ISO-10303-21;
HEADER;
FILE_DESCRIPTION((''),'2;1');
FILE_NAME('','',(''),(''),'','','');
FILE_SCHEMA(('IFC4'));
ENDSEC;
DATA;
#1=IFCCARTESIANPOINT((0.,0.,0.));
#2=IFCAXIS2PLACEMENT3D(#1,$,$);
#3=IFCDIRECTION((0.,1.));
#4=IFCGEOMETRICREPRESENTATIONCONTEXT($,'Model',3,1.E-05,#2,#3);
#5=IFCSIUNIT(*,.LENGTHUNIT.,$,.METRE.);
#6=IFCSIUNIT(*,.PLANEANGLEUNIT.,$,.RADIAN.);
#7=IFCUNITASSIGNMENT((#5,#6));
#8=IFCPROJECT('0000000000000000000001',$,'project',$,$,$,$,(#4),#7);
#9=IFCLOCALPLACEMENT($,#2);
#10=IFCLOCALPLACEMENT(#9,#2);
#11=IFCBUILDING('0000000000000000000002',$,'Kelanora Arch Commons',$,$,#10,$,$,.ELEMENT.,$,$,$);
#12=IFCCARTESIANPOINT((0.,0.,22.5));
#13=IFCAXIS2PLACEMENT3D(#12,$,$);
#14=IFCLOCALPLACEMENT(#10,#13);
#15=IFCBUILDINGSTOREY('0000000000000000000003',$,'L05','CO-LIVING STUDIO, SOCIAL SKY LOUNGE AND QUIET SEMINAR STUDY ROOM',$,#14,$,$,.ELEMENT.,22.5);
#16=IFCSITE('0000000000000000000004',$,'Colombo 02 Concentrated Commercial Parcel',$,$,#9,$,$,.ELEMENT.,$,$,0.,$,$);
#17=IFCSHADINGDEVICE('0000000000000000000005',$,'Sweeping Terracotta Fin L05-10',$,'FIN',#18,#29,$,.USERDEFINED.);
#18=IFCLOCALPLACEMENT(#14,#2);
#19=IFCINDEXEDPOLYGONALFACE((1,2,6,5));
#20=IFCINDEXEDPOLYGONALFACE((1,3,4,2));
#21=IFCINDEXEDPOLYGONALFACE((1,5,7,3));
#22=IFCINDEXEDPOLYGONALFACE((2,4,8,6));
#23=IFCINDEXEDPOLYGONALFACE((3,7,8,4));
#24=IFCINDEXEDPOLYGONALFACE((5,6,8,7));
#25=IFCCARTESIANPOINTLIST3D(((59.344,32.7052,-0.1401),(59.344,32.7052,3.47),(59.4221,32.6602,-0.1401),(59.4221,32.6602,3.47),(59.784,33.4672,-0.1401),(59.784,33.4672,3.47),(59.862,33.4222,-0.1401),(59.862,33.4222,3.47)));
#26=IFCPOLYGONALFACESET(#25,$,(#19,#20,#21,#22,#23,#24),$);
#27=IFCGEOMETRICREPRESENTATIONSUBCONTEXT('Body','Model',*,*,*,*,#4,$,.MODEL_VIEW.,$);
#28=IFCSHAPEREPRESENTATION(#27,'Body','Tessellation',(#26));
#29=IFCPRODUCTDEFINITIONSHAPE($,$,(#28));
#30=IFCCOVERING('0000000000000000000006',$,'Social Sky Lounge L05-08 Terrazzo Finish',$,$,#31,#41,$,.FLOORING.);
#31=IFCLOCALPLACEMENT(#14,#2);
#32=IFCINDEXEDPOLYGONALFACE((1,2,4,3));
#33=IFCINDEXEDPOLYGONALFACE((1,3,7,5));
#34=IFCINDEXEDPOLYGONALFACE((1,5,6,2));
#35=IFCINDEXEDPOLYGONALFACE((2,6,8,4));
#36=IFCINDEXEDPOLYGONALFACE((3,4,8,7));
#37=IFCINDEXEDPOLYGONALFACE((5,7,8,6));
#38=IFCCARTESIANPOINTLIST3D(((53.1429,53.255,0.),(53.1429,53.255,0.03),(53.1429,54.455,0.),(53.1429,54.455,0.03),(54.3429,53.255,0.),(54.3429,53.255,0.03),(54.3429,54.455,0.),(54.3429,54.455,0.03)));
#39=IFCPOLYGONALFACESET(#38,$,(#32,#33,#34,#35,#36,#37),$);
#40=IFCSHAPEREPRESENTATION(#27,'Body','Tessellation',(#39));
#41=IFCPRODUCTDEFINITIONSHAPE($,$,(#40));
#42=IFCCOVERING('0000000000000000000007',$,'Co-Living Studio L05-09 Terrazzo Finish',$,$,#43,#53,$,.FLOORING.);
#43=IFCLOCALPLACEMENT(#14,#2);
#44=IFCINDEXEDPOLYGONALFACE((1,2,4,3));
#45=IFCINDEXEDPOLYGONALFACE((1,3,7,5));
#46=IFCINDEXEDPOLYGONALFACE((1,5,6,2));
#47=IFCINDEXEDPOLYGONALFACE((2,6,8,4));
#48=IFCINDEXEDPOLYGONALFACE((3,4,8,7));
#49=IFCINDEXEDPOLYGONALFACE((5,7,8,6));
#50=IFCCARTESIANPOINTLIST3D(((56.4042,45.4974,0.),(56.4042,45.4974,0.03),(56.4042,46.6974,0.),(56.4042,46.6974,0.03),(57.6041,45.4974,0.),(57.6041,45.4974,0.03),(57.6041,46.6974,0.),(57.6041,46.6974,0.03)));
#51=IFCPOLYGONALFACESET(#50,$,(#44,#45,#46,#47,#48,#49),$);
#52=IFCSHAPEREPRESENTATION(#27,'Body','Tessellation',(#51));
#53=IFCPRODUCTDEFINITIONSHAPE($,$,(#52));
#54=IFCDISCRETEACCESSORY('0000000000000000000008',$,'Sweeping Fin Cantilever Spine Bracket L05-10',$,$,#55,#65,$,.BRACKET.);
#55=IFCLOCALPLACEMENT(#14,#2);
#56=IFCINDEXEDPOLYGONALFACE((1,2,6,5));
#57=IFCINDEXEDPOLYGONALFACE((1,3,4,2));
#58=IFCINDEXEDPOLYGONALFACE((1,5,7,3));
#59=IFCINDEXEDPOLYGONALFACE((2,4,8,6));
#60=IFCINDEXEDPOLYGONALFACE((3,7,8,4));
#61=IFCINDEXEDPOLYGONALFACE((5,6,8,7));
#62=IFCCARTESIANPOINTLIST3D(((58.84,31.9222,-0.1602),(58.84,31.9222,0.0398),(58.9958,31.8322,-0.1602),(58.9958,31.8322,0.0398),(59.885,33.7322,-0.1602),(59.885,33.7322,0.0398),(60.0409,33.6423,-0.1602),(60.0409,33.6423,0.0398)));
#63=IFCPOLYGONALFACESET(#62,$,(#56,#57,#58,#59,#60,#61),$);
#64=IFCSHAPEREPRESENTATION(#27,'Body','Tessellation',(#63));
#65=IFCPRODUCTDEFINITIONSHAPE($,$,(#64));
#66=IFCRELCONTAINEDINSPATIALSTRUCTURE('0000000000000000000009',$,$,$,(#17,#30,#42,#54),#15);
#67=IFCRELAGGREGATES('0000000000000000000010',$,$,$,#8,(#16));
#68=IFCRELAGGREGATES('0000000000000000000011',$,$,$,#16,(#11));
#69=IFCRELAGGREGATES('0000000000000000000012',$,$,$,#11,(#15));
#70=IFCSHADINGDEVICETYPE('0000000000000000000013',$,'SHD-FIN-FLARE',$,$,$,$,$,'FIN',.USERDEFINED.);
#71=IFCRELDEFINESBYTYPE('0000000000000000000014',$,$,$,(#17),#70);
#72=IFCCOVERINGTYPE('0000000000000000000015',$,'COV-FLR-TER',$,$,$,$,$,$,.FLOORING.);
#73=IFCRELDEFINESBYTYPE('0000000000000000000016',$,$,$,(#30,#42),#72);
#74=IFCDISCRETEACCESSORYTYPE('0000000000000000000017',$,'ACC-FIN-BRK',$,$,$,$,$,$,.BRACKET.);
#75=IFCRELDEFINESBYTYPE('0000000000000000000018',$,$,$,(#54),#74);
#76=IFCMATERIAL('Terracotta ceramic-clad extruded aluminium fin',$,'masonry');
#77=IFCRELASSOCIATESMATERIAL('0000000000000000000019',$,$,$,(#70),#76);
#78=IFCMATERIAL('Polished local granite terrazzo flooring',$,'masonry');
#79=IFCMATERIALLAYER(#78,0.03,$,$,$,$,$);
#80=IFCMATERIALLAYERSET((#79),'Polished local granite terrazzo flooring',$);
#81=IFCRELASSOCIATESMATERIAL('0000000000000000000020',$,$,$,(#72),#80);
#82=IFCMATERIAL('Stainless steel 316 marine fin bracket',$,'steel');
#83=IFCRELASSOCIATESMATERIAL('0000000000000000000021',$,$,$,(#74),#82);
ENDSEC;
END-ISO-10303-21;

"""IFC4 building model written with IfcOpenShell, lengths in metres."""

from ifc_helpers import new_model, si_unit, direction, frame, origin, origin_2d, place, context, subcontext, project, spatial, rectangle, extrude, source, transform, mapped, material, layer, layer_set, type_object, element, save


model = new_model("IFC4")

# Units and contexts
model_context = context("Model", 3, precision=1e-05, world=origin(), true_north=direction((0.0, 1.0)))
body_context = subcontext(model_context, "Body", "Model", "MODEL_VIEW")
ifc_project = project(units=[si_unit("LENGTHUNIT", "METRE"), si_unit("PLANEANGLEUNIT", "RADIAN")], contexts=[model_context])

# Site, building, storey
site_placement = place(None, origin())
site = spatial("IfcSite", under=ifc_project, at=site_placement, Name="Colombo 02 Concentrated Commercial Parcel", CompositionType="ELEMENT", RefElevation=0.0)
building_placement = place(site_placement, origin())
building = spatial("IfcBuilding", under=site, at=building_placement, Name="Kelanora Arch Commons", CompositionType="ELEMENT")
storey_placement = place(building_placement, frame((0.0, 0.0, 22.5)))
storey = spatial("IfcBuildingStorey", under=building, at=storey_placement, Name="L05", Description="CO-LIVING STUDIO, SOCIAL SKY LOUNGE AND QUIET SEMINAR STUDY ROOM", CompositionType="ELEMENT", Elevation=22.5)

# Shading device
ifc_material_1 = material(Name="Terracotta ceramic-clad extruded aluminium fin", Category="masonry")
shading_device_type = type_object("IfcShadingDeviceType", Name="SHD-FIN-FLARE", ElementType="FIN", PredefinedType="USERDEFINED", material=ifc_material_1)
shared_shape_1 = source(origin(), body_context, "Body", "SweptSolid", [
    extrude(rectangle(XDim=0.8799, YDim=0.0901, at=origin_2d()), origin(), (0.0, 0.0, 1.0), 3.6101),
])
shading_device_placement = place(storey_placement, frame((59.603, 33.0637, -0.1401), z_axis=(0.0, 0.0, 1.0), x_axis=(-0.5, -0.866025, 0.0)))
element("IfcShadingDevice", 1, at=shading_device_placement, inside=storey, type_object=shading_device_type, Name="Sweeping Terracotta Fin L05-10", ObjectType="FIN", PredefinedType="USERDEFINED", context=body_context, shape_type="MappedRepresentation", body=[
    mapped(shared_shape_1, transform((0.0, 0.0, 0.0), scale=1.0)),
])

# Coverings
ifc_material_2 = material(Name="Polished local granite terrazzo flooring", Category="masonry")
ifc_layer_1 = layer(ifc_material_2, 0.03)
ifc_layer_set_1 = layer_set([ifc_layer_1], Name="Polished local granite terrazzo flooring")
covering_type = type_object("IfcCoveringType", Name="COV-FLR-TER", PredefinedType="FLOORING", material=ifc_layer_set_1)
shared_shape_2 = source(origin(), body_context, "Body", "SweptSolid", [
    extrude(rectangle(XDim=1.2, YDim=1.2, at=origin_2d()), origin(), (0.0, 0.0, 1.0), 0.03),
])
for number, where, z_axis, x_axis, name in (
    (2, (53.7429, 53.855, 0.0), (0.0, 0.0, 1.0), (1.0, 0.0, 0.0), "Social Sky Lounge L05-08 Terrazzo Finish"),
    (3, (57.0042, 46.0974, 0.0), (0.0, 0.0, 1.0), (1.0, 0.0, 0.0), "Co-Living Studio L05-09 Terrazzo Finish"),
):
    element("IfcCovering", number, at=place(storey_placement, frame(where, z_axis=z_axis, x_axis=x_axis)), inside=storey, type_object=covering_type, Name=name, PredefinedType="FLOORING", context=body_context, shape_type="MappedRepresentation", body=[
        mapped(shared_shape_2, transform((0.0, 0.0, 0.0), scale=1.0)),
    ])

# Discrete accessory
ifc_material_3 = material(Name="Stainless steel 316 marine fin bracket", Category="steel")
discrete_accessory_type = type_object("IfcDiscreteAccessoryType", Name="ACC-FIN-BRK", PredefinedType="BRACKET", material=ifc_material_3)
shared_shape_3 = source(origin(), body_context, "Body", "SweptSolid", [
    extrude(rectangle(XDim=2.0901, YDim=0.1799, at=origin_2d()), origin(), (0.0, 0.0, 1.0), 0.2),
])
discrete_accessory_placement = place(storey_placement, frame((59.4404, 32.7822, -0.1602), z_axis=(0.0, 0.0, 1.0), x_axis=(-0.5, -0.866025, 0.0)))
element("IfcDiscreteAccessory", 4, at=discrete_accessory_placement, inside=storey, type_object=discrete_accessory_type, Name="Sweeping Fin Cantilever Spine Bracket L05-10", PredefinedType="BRACKET", context=body_context, shape_type="MappedRepresentation", body=[
    mapped(shared_shape_3, transform((0.0, 0.0, 0.0), scale=1.0)),
])

save(model, "model.ifc")
